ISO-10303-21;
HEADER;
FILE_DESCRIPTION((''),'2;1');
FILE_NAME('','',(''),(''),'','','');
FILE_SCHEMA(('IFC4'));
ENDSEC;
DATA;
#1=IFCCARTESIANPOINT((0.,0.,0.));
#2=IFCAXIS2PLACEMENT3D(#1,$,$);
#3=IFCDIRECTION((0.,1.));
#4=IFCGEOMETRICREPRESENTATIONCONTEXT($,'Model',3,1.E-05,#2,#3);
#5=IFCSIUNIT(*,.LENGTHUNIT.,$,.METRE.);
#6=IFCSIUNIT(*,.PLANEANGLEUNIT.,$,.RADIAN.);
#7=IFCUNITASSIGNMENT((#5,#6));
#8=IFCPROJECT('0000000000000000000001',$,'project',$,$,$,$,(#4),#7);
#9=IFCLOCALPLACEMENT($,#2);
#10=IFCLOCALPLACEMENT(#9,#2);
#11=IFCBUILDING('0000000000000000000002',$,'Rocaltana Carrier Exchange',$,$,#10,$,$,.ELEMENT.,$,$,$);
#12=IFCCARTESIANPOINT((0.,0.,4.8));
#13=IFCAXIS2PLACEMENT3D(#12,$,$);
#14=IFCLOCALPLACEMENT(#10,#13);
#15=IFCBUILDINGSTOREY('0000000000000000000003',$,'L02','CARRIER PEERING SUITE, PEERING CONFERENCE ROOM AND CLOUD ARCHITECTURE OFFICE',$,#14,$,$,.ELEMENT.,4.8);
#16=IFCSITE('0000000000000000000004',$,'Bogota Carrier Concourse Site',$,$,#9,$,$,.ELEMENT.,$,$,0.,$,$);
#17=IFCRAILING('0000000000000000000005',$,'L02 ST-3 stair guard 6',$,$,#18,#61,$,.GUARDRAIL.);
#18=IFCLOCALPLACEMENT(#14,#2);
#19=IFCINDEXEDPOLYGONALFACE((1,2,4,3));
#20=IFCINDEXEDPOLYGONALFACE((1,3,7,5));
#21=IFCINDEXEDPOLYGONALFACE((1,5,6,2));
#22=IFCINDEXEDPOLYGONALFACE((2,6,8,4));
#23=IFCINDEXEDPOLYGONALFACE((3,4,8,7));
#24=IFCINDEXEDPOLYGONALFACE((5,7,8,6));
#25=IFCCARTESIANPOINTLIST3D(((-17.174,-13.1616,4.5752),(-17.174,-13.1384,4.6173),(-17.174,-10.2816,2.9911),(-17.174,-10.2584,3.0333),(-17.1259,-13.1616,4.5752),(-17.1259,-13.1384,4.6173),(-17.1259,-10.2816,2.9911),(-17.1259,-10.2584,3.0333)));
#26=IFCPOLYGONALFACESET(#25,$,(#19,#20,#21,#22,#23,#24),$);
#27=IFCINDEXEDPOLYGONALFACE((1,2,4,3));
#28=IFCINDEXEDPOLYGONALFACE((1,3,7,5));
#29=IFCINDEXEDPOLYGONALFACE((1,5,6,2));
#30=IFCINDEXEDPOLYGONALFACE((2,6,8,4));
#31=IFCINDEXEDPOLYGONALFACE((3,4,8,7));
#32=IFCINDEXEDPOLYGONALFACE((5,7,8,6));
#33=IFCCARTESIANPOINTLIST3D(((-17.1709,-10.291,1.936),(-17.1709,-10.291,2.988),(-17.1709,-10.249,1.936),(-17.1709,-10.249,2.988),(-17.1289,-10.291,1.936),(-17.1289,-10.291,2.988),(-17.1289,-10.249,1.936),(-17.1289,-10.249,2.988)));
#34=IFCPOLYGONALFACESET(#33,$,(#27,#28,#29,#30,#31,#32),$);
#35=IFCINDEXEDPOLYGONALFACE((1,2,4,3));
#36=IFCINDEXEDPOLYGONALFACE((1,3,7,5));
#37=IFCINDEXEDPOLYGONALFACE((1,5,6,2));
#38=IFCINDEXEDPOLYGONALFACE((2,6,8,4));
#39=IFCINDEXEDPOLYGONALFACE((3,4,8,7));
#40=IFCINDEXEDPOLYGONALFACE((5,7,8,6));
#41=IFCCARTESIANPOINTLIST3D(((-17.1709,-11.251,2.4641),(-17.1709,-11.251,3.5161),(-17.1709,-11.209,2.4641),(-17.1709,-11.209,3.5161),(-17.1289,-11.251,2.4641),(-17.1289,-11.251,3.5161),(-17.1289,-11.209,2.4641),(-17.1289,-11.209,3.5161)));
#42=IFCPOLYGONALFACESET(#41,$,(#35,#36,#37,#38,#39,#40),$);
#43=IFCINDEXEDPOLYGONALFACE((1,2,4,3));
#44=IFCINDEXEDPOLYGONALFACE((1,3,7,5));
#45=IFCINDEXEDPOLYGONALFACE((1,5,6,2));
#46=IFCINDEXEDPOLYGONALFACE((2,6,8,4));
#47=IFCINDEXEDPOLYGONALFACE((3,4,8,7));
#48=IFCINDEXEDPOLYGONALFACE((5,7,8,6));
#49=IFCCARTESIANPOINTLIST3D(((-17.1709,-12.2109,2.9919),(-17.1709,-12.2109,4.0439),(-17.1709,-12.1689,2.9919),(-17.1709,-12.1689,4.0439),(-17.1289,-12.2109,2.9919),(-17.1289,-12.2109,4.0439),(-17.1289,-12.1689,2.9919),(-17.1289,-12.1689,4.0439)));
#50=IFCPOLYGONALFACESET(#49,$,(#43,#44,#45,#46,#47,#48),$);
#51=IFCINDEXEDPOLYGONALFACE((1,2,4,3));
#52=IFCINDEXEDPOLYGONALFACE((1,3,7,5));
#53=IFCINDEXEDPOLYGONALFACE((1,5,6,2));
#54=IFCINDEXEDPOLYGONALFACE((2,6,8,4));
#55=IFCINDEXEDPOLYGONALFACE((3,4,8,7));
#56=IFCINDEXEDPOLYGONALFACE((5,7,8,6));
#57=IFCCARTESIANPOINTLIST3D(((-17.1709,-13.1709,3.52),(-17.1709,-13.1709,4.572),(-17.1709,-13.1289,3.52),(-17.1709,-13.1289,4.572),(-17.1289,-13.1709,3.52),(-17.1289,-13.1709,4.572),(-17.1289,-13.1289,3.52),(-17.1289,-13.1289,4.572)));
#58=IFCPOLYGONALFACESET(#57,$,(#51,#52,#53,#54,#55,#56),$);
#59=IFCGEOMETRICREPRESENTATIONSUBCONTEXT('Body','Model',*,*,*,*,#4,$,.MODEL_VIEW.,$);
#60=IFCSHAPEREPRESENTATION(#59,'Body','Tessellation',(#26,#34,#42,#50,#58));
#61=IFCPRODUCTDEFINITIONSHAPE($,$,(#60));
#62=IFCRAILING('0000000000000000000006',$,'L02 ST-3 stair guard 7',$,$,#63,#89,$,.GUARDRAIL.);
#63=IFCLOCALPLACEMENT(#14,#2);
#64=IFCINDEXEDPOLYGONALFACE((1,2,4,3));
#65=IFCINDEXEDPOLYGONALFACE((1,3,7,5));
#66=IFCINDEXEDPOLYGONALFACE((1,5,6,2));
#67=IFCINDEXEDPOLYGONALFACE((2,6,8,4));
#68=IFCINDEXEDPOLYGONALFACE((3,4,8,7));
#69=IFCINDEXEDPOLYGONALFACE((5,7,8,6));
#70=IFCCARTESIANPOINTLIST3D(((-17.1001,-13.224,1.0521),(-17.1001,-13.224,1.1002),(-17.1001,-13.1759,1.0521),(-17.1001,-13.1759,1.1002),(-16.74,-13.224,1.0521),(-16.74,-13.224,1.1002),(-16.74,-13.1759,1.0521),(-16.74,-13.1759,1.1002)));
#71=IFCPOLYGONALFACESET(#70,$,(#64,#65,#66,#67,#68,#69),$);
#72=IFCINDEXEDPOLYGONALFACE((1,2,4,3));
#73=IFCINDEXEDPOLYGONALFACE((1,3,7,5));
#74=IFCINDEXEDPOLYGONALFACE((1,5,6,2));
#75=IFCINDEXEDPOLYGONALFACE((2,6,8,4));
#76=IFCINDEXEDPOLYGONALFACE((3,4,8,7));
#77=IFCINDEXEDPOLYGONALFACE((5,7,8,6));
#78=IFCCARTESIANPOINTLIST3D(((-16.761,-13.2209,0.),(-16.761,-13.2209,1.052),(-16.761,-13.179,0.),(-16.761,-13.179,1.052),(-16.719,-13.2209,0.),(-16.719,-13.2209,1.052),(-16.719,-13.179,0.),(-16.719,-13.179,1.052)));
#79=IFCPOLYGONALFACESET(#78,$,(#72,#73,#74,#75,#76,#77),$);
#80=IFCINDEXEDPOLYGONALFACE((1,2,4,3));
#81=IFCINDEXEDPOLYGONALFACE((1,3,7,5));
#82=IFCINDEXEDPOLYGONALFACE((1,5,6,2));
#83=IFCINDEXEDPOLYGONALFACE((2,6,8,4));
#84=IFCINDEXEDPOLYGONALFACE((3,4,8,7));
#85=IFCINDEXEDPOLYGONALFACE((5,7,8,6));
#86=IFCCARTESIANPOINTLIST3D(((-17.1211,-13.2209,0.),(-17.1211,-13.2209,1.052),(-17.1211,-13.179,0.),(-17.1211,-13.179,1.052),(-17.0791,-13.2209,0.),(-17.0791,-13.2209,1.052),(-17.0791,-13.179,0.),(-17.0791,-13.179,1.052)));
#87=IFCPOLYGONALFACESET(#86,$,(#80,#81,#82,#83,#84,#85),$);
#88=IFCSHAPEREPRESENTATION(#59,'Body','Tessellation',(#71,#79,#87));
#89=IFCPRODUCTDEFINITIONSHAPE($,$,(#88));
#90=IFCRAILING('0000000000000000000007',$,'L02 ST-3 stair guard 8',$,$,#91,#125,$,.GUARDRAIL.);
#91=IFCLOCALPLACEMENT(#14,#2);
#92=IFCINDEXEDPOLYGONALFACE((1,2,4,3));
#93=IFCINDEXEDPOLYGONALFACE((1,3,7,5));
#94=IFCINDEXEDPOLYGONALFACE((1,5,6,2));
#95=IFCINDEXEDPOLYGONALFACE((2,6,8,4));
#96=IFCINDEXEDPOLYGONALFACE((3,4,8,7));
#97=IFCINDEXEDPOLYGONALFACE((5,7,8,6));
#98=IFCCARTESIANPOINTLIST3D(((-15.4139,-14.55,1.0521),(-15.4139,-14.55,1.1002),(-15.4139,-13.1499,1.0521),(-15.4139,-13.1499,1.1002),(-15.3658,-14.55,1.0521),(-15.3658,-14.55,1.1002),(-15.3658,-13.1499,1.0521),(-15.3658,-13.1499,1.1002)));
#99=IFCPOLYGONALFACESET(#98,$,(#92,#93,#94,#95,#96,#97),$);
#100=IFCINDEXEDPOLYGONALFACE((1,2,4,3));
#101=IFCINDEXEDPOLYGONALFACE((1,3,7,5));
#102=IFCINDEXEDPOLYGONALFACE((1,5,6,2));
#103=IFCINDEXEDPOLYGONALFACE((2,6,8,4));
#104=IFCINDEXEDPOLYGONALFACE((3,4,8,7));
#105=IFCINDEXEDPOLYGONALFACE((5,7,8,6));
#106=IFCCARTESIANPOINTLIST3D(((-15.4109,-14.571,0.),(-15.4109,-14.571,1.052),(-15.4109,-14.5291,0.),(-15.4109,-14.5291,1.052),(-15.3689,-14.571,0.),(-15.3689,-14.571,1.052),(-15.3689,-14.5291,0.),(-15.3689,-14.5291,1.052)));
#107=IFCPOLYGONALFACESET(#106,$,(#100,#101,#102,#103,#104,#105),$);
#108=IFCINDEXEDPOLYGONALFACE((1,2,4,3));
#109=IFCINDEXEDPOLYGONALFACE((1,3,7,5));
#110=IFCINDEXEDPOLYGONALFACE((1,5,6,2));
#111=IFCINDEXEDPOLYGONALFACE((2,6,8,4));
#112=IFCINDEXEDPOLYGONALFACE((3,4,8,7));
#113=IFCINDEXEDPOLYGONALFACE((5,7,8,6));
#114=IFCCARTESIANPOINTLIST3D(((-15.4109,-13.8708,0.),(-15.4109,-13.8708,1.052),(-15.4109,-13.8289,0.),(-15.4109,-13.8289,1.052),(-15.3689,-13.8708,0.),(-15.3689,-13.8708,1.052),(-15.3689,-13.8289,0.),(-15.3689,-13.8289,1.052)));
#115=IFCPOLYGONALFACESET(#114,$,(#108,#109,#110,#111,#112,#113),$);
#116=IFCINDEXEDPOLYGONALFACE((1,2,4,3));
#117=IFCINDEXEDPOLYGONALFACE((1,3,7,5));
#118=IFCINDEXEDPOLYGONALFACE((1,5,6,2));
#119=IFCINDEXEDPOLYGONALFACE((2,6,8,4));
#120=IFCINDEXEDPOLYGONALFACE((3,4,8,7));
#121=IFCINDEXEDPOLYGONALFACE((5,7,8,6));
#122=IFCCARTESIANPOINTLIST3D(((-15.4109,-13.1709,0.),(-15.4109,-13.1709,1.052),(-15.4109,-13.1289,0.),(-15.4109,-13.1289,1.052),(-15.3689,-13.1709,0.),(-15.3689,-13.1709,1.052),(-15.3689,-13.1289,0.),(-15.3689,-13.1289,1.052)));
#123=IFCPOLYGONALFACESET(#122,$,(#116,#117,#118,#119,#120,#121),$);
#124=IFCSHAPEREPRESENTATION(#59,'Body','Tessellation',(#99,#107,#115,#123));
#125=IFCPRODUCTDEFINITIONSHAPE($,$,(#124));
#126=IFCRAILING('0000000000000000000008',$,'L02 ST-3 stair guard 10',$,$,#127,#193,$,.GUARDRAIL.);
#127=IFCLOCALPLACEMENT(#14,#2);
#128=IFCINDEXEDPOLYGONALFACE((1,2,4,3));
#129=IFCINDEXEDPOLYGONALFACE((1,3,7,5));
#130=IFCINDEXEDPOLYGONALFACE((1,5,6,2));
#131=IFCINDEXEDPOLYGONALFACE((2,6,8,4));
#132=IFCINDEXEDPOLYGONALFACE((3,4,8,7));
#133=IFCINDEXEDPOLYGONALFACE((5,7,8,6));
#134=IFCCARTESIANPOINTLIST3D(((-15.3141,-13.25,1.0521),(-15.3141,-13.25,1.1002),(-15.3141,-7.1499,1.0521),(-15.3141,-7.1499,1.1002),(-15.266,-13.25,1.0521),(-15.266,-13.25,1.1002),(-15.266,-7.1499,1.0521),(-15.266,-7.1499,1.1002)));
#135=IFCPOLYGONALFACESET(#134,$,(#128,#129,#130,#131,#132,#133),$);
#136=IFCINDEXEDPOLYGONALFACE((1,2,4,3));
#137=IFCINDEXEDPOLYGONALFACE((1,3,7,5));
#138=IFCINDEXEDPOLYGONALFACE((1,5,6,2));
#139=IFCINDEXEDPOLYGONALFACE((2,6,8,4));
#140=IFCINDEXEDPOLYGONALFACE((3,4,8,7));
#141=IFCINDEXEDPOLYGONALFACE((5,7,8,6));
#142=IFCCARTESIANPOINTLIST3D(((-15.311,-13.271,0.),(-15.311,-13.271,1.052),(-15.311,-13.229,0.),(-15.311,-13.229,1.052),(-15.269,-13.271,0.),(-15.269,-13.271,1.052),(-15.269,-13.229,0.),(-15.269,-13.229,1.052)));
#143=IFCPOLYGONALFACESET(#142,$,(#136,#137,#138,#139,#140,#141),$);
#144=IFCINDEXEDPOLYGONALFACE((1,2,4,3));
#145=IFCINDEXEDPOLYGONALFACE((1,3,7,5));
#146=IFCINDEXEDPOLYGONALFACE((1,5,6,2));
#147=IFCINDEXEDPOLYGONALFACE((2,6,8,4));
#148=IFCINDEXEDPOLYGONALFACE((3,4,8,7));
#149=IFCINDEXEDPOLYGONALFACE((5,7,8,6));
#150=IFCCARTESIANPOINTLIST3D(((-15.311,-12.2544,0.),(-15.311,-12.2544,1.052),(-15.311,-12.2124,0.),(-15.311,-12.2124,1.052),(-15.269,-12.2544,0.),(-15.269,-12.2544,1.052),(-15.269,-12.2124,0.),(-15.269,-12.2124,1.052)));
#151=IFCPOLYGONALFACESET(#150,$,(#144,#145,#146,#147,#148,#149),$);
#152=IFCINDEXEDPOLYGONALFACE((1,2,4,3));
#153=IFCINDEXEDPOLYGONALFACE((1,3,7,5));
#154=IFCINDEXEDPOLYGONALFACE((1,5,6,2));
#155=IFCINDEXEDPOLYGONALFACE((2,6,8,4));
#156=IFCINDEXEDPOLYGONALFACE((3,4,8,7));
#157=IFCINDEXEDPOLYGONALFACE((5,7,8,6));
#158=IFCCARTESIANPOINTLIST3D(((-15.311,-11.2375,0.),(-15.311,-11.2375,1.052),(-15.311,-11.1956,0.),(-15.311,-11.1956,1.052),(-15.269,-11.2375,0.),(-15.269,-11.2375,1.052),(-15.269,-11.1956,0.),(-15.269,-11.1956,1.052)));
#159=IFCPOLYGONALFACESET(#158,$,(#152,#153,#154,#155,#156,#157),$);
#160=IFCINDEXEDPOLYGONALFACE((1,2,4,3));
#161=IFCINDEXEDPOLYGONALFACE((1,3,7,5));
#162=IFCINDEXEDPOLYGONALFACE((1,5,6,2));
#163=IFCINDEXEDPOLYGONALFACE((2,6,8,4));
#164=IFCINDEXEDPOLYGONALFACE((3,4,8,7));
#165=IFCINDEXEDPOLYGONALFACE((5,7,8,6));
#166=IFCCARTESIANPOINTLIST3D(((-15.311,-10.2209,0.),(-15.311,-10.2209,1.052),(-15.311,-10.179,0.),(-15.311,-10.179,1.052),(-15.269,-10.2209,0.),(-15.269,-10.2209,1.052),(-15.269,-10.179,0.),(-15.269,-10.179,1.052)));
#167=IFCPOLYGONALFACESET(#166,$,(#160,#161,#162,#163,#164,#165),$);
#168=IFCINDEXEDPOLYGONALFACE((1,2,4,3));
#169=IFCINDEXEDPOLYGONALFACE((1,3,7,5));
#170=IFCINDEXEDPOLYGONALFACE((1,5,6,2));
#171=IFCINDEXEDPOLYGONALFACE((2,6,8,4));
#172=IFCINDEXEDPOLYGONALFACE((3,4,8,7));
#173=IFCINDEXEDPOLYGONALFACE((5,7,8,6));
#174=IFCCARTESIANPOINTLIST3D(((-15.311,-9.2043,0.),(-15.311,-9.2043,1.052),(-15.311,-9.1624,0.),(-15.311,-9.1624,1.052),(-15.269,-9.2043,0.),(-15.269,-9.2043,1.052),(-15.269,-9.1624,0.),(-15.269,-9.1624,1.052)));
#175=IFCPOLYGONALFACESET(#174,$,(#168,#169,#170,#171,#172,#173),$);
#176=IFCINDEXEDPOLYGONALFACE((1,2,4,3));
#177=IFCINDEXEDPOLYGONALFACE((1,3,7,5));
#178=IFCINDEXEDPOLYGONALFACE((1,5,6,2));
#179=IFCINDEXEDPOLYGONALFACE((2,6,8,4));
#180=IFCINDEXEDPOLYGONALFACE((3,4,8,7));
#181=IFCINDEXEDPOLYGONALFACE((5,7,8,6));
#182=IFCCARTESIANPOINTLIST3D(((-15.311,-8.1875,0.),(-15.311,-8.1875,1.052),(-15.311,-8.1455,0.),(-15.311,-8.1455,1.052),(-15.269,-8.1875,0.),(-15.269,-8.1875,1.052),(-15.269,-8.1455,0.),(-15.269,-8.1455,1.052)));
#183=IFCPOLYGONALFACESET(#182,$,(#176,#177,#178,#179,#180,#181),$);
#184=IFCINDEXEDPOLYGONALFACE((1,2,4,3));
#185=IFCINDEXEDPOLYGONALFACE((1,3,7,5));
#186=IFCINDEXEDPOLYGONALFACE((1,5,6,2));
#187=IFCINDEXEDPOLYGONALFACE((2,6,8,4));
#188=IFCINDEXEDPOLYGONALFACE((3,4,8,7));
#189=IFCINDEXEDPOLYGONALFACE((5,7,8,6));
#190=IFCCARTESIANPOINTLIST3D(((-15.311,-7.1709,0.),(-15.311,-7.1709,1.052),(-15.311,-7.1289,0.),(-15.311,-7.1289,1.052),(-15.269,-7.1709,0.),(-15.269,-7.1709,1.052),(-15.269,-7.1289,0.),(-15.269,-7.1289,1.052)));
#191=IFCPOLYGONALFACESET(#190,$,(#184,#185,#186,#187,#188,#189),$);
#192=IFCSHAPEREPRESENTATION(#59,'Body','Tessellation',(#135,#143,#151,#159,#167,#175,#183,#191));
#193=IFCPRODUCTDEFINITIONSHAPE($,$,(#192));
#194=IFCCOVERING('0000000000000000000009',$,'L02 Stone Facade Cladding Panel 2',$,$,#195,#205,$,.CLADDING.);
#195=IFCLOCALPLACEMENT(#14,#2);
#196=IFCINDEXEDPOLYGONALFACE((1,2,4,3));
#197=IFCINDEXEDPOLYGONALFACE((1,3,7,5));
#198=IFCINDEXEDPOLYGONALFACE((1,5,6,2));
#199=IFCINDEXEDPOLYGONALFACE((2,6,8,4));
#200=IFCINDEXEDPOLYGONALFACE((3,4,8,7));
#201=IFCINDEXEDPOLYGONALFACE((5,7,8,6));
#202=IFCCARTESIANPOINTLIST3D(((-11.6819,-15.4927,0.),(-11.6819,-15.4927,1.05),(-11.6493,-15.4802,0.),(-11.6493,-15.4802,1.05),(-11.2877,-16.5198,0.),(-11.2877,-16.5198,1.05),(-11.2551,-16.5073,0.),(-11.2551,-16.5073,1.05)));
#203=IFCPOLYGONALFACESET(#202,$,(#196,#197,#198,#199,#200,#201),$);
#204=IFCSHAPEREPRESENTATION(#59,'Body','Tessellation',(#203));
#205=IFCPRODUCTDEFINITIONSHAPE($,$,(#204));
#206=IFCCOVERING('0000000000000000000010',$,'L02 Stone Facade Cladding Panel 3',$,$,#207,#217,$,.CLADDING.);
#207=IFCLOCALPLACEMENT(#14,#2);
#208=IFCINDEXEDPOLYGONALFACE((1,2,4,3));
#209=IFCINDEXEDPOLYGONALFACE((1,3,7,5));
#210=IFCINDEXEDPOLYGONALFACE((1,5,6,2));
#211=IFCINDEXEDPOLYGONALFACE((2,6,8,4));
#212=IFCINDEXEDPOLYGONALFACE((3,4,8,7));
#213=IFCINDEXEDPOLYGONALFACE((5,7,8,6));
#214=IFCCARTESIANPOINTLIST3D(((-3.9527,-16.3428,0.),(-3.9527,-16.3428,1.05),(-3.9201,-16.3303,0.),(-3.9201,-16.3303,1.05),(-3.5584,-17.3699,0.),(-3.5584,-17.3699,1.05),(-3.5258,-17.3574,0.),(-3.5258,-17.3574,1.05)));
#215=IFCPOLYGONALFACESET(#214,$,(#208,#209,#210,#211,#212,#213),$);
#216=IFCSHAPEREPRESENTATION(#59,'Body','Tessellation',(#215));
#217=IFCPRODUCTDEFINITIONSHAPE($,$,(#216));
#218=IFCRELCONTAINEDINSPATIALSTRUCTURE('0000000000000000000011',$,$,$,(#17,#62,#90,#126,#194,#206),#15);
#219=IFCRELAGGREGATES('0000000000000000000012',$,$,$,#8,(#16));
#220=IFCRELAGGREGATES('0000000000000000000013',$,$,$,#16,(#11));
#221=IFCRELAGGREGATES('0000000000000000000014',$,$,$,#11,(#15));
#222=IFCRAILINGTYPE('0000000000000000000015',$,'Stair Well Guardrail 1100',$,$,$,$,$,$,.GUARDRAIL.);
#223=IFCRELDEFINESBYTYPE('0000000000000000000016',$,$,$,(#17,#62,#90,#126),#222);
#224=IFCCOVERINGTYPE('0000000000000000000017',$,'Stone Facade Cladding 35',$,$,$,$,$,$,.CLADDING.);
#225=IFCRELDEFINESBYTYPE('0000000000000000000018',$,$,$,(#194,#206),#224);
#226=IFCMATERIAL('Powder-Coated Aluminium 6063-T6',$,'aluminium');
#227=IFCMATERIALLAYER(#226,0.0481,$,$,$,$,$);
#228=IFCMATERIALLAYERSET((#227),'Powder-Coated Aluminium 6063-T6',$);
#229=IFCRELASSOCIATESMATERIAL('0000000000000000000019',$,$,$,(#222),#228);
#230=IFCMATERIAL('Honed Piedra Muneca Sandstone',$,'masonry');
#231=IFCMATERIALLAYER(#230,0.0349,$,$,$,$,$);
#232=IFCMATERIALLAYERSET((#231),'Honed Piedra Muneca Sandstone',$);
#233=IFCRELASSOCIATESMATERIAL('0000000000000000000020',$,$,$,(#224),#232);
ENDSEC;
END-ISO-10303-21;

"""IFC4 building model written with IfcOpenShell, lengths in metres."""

from ifc_helpers import new_model, si_unit, direction, frame, origin, origin_2d, place, context, subcontext, project, spatial, rectangle, extrude, material, layer, layer_set, type_object, element, save


model = new_model("IFC4")

# Units and contexts
model_context = context("Model", 3, precision=1e-05, world=origin(), true_north=direction((0.0, 1.0)))
body_context = subcontext(model_context, "Body", "Model", "MODEL_VIEW")
ifc_project = project(units=[si_unit("LENGTHUNIT", "METRE"), si_unit("PLANEANGLEUNIT", "RADIAN")], contexts=[model_context])

# Site, building, storey
site_placement = place(None, origin())
site = spatial("IfcSite", under=ifc_project, at=site_placement, Name="Bogota Carrier Concourse Site", CompositionType="ELEMENT", RefElevation=0.0)
building_placement = place(site_placement, origin())
building = spatial("IfcBuilding", under=site, at=building_placement, Name="Rocaltana Carrier Exchange", CompositionType="ELEMENT")
storey_placement = place(building_placement, frame((0.0, 0.0, 4.8)))
storey = spatial("IfcBuildingStorey", under=building, at=storey_placement, Name="L02", Description="CARRIER PEERING SUITE, PEERING CONFERENCE ROOM AND CLOUD ARCHITECTURE OFFICE", CompositionType="ELEMENT", Elevation=4.8)

# Railings
ifc_material_1 = material(Name="Powder-Coated Aluminium 6063-T6", Category="aluminium")
ifc_layer_1 = layer(ifc_material_1, 0.0481)
ifc_layer_set_1 = layer_set([ifc_layer_1], Name="Powder-Coated Aluminium 6063-T6")
railing_type_1 = type_object("IfcRailingType", Name="Stair Well Guardrail 1100", PredefinedType="GUARDRAIL", material=ifc_layer_set_1)
railing_1_placement = place(storey_placement, frame((-17.1499, -10.27, 1.936)))
element("IfcRailing", 1, at=railing_1_placement, inside=storey, type_object=railing_type_1, Name="L02 ST-3 stair guard 6", PredefinedType="GUARDRAIL", context=body_context, shape_type="SweptSolid", body=[
    extrude(rectangle(XDim=0.0481, YDim=0.0481, at=origin_2d()), frame((0.0, 0.0, 1.0762), z_axis=(0.0, -0.87621, 0.48193), x_axis=(1.0, 0.0, 0.0)), (0.0, 0.0, 1.0), 3.2869),
    extrude(rectangle(XDim=0.042, YDim=0.042, at=origin_2d()), origin(), (0.0, 0.0, 1.0), 1.052),
    extrude(rectangle(XDim=0.042, YDim=0.042, at=origin_2d()), frame((0.0, -0.96, 0.5281)), (0.0, 0.0, 1.0), 1.052),
    extrude(rectangle(XDim=0.042, YDim=0.042, at=origin_2d()), frame((0.0, -1.9199, 1.0559)), (0.0, 0.0, 1.0), 1.052),
    extrude(rectangle(XDim=0.042, YDim=0.042, at=origin_2d()), frame((0.0, -2.8799, 1.584)), (0.0, 0.0, 1.0), 1.052),
])
railing_2_placement = place(storey_placement, frame((-16.74, -13.2, 0.0)))
element("IfcRailing", 2, at=railing_2_placement, inside=storey, type_object=railing_type_1, Name="L02 ST-3 stair guard 7", PredefinedType="GUARDRAIL", context=body_context, shape_type="SweptSolid", body=[
    extrude(rectangle(XDim=0.0481, YDim=0.0481, at=origin_2d()), frame((0.0, 0.0, 1.0762), z_axis=(-1.0, 0.0, 0.0), x_axis=(0.0, -1.0, 0.0)), (0.0, 0.0, 1.0), 0.3601),
    extrude(rectangle(XDim=0.042, YDim=0.042, at=origin_2d()), origin(), (0.0, 0.0, 1.0), 1.052),
    extrude(rectangle(XDim=0.042, YDim=0.042, at=origin_2d()), frame((-0.3601, 0.0, 0.0)), (0.0, 0.0, 1.0), 1.052),
])
railing_3_placement = place(storey_placement, frame((-15.3899, -14.55, 0.0)))
element("IfcRailing", 3, at=railing_3_placement, inside=storey, type_object=railing_type_1, Name="L02 ST-3 stair guard 8", PredefinedType="GUARDRAIL", context=body_context, shape_type="SweptSolid", body=[
    extrude(rectangle(XDim=0.0481, YDim=0.0481, at=origin_2d()), frame((0.0, 0.0, 1.0762), z_axis=(0.0, 1.0, 0.0), x_axis=(-1.0, 0.0, 0.0)), (0.0, 0.0, 1.0), 1.4001),
    extrude(rectangle(XDim=0.042, YDim=0.042, at=origin_2d()), origin(), (0.0, 0.0, 1.0), 1.052),
    extrude(rectangle(XDim=0.042, YDim=0.042, at=origin_2d()), frame((0.0, 0.7002, 0.0)), (0.0, 0.0, 1.0), 1.052),
    extrude(rectangle(XDim=0.042, YDim=0.042, at=origin_2d()), frame((0.0, 1.4001, 0.0)), (0.0, 0.0, 1.0), 1.052),
])
railing_4_placement = place(storey_placement, frame((-15.29, -13.25, 0.0)))
element("IfcRailing", 4, at=railing_4_placement, inside=storey, type_object=railing_type_1, Name="L02 ST-3 stair guard 10", PredefinedType="GUARDRAIL", context=body_context, shape_type="SweptSolid", body=[
    extrude(rectangle(XDim=0.0481, YDim=0.0481, at=origin_2d()), frame((0.0, 0.0, 1.0762), z_axis=(0.0, 1.0, 0.0), x_axis=(-1.0, 0.0, 0.0)), (0.0, 0.0, 1.0), 6.1001),
    extrude(rectangle(XDim=0.042, YDim=0.042, at=origin_2d()), origin(), (0.0, 0.0, 1.0), 1.052),
    extrude(rectangle(XDim=0.042, YDim=0.042, at=origin_2d()), frame((0.0, 1.0166, 0.0)), (0.0, 0.0, 1.0), 1.052),
    extrude(rectangle(XDim=0.042, YDim=0.042, at=origin_2d()), frame((0.0, 2.0334, 0.0)), (0.0, 0.0, 1.0), 1.052),
    extrude(rectangle(XDim=0.042, YDim=0.042, at=origin_2d()), frame((0.0, 3.05, 0.0)), (0.0, 0.0, 1.0), 1.052),
    extrude(rectangle(XDim=0.042, YDim=0.042, at=origin_2d()), frame((0.0, 4.0667, 0.0)), (0.0, 0.0, 1.0), 1.052),
    extrude(rectangle(XDim=0.042, YDim=0.042, at=origin_2d()), frame((0.0, 5.0835, 0.0)), (0.0, 0.0, 1.0), 1.052),
    extrude(rectangle(XDim=0.042, YDim=0.042, at=origin_2d()), frame((0.0, 6.1001, 0.0)), (0.0, 0.0, 1.0), 1.052),
])

# Coverings
ifc_material_2 = material(Name="Honed Piedra Muneca Sandstone", Category="masonry")
ifc_layer_2 = layer(ifc_material_2, 0.0349)
ifc_layer_set_2 = layer_set([ifc_layer_2], Name="Honed Piedra Muneca Sandstone")
covering_type = type_object("IfcCoveringType", Name="Stone Facade Cladding 35", PredefinedType="CLADDING", material=ifc_layer_set_2)
for number, where, z_axis, x_axis, name in (
    (5, (-11.4685, -16.0, 0.0), (0.0, 0.0, 1.0), (-0.358368, 0.93358, 0.0), "L02 Stone Facade Cladding Panel 2"),
    (6, (-3.7393, -16.8501, 0.0), (0.0, 0.0, 1.0), (-0.358368, 0.93358, 0.0), "L02 Stone Facade Cladding Panel 3"),
):
    element("IfcCovering", number, at=place(storey_placement, frame(where, z_axis=z_axis, x_axis=x_axis)), inside=storey, type_object=covering_type, Name=name, PredefinedType="CLADDING", context=body_context, shape_type="SweptSolid", body=[
        extrude(rectangle(XDim=1.1001, YDim=0.0349, at=origin_2d()), origin(), (0.0, 0.0, 1.0), 1.05),
    ])

save(model, "model.ifc")
